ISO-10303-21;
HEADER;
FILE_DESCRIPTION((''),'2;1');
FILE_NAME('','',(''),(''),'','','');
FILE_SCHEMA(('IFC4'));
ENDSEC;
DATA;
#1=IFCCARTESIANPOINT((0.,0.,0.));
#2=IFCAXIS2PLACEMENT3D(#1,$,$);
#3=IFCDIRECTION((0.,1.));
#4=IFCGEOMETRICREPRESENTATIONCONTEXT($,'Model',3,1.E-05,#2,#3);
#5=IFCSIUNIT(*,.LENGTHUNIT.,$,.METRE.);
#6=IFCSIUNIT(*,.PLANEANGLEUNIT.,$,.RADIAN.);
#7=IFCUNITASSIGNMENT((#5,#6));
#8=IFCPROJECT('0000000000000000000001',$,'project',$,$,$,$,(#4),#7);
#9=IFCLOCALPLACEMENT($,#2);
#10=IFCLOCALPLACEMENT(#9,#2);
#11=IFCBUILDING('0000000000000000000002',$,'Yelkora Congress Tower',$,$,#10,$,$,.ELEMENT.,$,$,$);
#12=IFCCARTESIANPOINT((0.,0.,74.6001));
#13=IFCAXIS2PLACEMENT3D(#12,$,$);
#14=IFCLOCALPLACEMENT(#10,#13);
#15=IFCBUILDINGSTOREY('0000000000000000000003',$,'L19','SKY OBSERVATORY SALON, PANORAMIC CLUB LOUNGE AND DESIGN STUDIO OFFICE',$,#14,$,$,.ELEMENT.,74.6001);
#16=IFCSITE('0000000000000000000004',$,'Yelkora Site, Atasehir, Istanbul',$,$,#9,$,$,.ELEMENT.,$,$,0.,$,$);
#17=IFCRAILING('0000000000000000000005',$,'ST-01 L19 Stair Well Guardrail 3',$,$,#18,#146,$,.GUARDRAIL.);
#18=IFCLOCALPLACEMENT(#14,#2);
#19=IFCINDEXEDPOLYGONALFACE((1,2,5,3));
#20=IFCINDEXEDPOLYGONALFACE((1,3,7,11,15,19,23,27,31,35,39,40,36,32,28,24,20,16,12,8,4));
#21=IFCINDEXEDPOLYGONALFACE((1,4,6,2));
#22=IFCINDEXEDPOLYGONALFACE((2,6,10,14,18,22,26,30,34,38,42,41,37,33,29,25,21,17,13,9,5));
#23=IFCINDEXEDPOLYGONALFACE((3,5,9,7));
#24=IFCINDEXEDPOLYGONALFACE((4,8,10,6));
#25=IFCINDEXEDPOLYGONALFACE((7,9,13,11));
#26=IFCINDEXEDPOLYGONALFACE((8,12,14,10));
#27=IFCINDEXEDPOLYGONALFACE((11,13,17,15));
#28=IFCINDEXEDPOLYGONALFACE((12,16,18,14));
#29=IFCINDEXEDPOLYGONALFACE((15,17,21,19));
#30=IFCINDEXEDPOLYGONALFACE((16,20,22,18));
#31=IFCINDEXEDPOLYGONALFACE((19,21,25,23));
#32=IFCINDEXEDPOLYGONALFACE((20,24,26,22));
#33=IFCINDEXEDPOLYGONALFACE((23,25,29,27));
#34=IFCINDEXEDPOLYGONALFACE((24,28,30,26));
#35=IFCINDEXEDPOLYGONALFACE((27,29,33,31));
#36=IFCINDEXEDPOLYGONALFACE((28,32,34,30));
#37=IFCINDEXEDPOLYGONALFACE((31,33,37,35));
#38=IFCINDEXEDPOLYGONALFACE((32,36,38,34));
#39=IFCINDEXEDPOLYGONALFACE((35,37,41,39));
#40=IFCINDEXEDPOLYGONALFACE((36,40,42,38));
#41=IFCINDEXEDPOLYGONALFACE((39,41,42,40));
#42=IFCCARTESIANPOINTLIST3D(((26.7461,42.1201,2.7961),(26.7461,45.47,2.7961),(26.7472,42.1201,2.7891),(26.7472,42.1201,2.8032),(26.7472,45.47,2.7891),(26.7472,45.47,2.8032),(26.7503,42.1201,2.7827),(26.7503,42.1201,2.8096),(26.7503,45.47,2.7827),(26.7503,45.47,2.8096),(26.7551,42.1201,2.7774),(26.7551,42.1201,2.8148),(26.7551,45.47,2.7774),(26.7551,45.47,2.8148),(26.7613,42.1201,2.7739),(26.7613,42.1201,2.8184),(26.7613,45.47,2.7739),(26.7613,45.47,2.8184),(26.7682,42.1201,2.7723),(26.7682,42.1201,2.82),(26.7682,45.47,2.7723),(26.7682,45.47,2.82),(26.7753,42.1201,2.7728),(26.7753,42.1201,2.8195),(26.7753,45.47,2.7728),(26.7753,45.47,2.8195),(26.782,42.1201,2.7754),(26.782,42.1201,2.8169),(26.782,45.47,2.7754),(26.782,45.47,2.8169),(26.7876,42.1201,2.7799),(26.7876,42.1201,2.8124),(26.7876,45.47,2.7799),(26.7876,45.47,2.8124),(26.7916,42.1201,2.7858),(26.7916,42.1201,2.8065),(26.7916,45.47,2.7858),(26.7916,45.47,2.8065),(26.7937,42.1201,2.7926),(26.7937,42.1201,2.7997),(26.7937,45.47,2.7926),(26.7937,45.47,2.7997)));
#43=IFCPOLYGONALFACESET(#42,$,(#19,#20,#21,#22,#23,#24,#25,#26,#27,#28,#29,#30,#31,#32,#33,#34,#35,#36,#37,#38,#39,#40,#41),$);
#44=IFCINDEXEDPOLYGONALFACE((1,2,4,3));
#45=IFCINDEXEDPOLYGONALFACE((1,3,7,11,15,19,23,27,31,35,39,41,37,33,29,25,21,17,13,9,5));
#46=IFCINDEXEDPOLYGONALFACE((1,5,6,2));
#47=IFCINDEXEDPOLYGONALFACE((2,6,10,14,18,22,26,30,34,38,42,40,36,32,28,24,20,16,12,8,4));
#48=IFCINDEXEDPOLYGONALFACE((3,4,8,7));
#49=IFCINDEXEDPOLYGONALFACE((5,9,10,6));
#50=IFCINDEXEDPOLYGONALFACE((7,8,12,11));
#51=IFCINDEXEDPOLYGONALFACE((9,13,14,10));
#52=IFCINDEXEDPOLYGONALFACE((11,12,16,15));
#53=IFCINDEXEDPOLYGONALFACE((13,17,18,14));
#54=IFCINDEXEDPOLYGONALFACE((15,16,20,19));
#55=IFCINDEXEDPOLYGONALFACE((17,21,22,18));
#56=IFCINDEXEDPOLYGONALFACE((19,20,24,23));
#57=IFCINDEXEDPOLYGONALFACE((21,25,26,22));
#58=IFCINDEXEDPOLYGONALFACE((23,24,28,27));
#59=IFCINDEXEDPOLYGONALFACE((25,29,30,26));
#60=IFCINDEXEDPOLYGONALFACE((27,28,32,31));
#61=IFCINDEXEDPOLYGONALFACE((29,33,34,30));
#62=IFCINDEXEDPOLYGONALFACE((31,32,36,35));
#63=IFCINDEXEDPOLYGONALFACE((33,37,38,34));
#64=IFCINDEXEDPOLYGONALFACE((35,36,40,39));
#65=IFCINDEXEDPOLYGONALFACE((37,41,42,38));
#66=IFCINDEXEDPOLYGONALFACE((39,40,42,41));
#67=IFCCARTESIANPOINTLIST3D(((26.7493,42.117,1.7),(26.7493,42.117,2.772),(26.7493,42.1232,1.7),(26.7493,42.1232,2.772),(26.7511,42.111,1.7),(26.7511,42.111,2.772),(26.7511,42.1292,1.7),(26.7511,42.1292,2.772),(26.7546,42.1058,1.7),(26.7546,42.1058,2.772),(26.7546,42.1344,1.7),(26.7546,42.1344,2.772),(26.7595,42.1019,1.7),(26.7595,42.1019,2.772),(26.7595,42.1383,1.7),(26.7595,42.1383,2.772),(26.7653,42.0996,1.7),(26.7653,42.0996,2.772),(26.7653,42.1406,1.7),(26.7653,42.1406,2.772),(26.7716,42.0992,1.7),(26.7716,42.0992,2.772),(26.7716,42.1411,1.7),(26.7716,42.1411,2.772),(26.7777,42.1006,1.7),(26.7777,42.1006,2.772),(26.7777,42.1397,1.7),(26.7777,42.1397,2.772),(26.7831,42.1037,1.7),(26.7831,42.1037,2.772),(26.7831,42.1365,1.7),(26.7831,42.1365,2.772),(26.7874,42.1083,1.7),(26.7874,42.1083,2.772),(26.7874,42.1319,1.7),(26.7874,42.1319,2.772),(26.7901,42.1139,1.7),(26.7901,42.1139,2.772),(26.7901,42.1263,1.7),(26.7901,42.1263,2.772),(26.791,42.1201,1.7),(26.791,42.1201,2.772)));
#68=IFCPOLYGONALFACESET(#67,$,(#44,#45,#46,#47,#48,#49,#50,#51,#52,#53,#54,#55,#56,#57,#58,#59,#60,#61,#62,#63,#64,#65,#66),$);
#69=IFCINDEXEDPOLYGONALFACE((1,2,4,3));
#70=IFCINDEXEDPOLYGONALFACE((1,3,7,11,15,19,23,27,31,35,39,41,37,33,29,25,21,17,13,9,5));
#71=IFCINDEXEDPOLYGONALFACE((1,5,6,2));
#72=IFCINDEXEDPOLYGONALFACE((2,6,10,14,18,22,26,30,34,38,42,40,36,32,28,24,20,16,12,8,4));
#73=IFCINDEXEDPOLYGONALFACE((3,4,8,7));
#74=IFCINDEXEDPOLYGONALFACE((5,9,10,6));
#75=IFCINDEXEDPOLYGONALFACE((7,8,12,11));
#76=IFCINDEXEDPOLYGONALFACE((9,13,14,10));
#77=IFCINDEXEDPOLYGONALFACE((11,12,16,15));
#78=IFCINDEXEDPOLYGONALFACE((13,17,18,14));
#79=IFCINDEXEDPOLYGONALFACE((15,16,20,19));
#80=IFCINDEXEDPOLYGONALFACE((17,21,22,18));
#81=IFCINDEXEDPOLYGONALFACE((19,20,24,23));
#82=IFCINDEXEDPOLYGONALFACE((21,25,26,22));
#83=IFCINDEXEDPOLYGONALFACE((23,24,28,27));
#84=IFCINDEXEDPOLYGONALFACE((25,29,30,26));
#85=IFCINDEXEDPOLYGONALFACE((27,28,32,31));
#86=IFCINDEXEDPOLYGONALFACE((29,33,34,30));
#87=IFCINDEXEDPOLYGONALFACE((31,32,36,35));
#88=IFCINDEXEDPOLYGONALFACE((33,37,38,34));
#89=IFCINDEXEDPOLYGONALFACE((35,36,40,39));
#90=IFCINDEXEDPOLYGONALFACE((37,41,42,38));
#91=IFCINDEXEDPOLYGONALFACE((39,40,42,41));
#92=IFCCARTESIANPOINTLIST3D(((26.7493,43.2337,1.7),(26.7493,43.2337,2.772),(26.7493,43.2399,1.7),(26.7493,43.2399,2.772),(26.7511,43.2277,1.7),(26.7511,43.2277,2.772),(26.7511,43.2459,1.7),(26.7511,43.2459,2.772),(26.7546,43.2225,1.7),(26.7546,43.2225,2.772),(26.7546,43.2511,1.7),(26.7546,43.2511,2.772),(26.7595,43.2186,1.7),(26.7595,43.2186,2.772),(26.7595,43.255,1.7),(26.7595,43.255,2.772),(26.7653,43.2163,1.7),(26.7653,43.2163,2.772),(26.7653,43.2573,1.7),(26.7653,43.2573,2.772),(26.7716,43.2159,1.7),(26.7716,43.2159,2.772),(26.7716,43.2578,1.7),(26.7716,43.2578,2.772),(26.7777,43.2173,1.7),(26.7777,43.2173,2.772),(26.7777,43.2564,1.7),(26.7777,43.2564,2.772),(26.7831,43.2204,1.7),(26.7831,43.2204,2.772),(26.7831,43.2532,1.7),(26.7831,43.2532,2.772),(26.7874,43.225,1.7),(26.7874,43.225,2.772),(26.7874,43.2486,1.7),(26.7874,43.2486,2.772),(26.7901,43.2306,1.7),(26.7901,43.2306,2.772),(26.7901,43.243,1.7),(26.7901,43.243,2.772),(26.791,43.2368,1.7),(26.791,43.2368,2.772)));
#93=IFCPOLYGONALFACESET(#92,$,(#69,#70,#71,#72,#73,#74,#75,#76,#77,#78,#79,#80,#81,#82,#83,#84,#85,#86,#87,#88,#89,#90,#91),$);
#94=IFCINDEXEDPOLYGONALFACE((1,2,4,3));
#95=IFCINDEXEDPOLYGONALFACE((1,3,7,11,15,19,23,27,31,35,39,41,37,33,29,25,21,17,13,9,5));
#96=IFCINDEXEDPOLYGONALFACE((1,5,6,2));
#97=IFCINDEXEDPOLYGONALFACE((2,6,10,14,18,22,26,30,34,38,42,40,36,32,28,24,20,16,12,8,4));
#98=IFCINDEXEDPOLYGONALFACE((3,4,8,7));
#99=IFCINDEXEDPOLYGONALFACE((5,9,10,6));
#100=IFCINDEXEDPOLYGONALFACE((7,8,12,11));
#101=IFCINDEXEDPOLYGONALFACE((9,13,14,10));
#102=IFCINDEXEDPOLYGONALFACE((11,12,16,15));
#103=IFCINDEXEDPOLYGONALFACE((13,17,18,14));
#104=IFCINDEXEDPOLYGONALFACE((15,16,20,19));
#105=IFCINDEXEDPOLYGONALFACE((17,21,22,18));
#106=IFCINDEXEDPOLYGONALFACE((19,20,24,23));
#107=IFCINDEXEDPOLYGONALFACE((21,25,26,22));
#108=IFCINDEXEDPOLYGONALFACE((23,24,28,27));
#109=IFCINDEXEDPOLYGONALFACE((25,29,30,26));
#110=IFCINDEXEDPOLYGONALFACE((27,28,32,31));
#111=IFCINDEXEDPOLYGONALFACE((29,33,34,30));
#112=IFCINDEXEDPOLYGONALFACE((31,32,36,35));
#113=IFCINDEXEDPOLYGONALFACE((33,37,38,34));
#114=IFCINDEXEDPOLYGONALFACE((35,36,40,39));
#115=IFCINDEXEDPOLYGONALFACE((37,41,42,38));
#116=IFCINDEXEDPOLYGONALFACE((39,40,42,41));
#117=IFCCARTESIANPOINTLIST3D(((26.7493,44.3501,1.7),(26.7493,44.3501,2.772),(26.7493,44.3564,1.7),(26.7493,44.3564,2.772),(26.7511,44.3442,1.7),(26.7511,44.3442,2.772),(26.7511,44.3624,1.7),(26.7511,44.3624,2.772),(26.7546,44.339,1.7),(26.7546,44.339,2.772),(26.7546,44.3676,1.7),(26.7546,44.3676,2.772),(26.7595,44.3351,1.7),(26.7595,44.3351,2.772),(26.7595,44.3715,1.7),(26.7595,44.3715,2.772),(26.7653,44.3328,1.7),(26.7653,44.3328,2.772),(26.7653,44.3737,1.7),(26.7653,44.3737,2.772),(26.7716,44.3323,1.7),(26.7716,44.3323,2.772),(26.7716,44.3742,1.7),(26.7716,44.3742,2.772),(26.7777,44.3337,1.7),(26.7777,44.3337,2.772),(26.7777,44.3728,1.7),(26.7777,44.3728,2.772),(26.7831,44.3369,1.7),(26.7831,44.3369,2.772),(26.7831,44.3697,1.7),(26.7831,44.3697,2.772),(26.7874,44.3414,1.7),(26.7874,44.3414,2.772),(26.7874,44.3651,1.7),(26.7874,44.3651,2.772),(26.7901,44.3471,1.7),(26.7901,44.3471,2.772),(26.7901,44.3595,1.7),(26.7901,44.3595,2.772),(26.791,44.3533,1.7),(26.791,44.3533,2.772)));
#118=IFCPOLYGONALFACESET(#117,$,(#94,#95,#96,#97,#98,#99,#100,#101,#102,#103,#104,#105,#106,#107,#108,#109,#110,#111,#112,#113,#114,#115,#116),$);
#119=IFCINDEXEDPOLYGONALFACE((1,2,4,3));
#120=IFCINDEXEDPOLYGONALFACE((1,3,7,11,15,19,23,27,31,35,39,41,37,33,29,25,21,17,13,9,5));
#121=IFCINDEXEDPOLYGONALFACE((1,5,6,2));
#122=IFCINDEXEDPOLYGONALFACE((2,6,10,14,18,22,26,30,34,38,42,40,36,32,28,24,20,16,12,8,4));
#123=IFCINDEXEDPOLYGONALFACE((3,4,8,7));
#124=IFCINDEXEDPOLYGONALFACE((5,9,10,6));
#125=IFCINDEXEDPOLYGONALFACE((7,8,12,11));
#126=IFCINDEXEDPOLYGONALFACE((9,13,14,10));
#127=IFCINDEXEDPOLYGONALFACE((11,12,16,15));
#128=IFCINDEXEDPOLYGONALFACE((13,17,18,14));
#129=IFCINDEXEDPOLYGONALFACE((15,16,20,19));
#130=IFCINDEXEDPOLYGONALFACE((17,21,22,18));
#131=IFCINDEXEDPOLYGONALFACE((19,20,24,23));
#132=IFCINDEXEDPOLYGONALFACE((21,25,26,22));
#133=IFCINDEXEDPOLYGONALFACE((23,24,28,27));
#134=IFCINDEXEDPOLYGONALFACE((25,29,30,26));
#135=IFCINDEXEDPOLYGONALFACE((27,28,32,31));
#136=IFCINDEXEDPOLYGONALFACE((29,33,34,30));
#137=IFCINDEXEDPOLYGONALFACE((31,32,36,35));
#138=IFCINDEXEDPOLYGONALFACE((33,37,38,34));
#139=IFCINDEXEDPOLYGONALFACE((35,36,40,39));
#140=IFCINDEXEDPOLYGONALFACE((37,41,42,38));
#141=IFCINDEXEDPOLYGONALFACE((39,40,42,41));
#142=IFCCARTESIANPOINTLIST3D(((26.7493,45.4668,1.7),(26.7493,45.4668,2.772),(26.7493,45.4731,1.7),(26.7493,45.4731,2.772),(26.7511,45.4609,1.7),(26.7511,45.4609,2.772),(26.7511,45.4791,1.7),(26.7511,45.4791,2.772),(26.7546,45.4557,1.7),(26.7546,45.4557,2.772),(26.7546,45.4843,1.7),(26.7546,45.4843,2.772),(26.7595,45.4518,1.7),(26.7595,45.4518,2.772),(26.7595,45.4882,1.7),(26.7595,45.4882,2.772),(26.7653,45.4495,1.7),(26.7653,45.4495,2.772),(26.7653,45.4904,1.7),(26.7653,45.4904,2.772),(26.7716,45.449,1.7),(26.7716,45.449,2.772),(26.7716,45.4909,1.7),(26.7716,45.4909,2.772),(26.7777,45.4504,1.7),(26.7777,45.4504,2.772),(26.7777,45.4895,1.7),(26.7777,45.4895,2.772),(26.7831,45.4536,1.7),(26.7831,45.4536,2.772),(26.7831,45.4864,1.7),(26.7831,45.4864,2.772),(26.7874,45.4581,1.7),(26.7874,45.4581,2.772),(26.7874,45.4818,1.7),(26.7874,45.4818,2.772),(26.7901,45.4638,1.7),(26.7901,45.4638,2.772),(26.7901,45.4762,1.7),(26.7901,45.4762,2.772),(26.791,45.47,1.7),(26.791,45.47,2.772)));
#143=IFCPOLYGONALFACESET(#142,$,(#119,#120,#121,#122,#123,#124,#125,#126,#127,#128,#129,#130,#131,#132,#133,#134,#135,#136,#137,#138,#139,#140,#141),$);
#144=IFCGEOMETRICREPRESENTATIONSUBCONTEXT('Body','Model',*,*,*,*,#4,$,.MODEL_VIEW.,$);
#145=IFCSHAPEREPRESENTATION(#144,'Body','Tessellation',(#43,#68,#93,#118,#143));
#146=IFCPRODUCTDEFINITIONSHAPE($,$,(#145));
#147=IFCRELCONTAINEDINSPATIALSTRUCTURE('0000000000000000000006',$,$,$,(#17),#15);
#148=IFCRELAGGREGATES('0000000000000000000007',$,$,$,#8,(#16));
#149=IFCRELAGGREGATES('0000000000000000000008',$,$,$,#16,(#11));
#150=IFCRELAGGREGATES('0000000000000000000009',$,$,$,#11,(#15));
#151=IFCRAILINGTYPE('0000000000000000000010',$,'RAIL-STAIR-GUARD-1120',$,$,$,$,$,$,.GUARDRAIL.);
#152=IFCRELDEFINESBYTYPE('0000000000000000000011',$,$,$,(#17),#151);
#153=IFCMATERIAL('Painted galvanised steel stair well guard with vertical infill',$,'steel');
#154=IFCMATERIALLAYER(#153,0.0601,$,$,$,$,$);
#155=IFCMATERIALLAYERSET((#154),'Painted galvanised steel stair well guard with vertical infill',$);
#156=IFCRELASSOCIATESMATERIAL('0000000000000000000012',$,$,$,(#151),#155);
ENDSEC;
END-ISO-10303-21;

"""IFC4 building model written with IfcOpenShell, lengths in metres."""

from ifc_helpers import new_model, si_unit, direction, frame, origin, origin_2d, place, context, subcontext, project, spatial, circle, extrude, material, layer, layer_set, type_object, element, save


model = new_model("IFC4")

# Units and contexts
model_context = context("Model", 3, precision=1e-05, world=origin(), true_north=direction((0.0, 1.0)))
body_context = subcontext(model_context, "Body", "Model", "MODEL_VIEW")
ifc_project = project(units=[si_unit("LENGTHUNIT", "METRE"), si_unit("PLANEANGLEUNIT", "RADIAN")], contexts=[model_context])

# Site, building, storey
site_placement = place(None, origin())
site = spatial("IfcSite", under=ifc_project, at=site_placement, Name="Yelkora Site, Atasehir, Istanbul", CompositionType="ELEMENT", RefElevation=0.0)
building_placement = place(site_placement, origin())
building = spatial("IfcBuilding", under=site, at=building_placement, Name="Yelkora Congress Tower", CompositionType="ELEMENT")
storey_placement = place(building_placement, frame((0.0, 0.0, 74.6001)))
storey = spatial("IfcBuildingStorey", under=building, at=storey_placement, Name="L19", Description="SKY OBSERVATORY SALON, PANORAMIC CLUB LOUNGE AND DESIGN STUDIO OFFICE", CompositionType="ELEMENT", Elevation=74.6001)

# Railing
ifc_material_1 = material(Name="Painted galvanised steel stair well guard with vertical infill", Category="steel")
ifc_layer_1 = layer(ifc_material_1, 0.0601)
ifc_layer_set_1 = layer_set([ifc_layer_1], Name="Painted galvanised steel stair well guard with vertical infill")
railing_type_1 = type_object("IfcRailingType", Name="RAIL-STAIR-GUARD-1120", PredefinedType="GUARDRAIL", material=ifc_layer_set_1)
for number, where, name in (
    (1, (26.77, 42.1201, 1.7), "ST-01 L19 Stair Well Guardrail 3"),
):
    element("IfcRailing", number, at=place(storey_placement, frame(where)), inside=storey, type_object=railing_type_1, Name=name, PredefinedType="GUARDRAIL", context=body_context, shape_type="SweptSolid", body=[
        extrude(circle(Radius=0.0239, at=origin_2d()), frame((0.0, 0.0, 1.0962), z_axis=(0.0, 1.0, 0.0), x_axis=(-1.0, 0.0, 0.0)), (0.0, 0.0, 1.0), 3.3499),
        extrude(circle(Radius=0.021, at=origin_2d()), origin(), (0.0, 0.0, 1.0), 1.072),
        extrude(circle(Radius=0.021, at=origin_2d()), frame((0.0, 1.1167, 0.0)), (0.0, 0.0, 1.0), 1.072),
        extrude(circle(Radius=0.021, at=origin_2d()), frame((0.0, 2.2332, 0.0)), (0.0, 0.0, 1.0), 1.072),
        extrude(circle(Radius=0.021, at=origin_2d()), frame((0.0, 3.3499, 0.0)), (0.0, 0.0, 1.0), 1.072),
    ])

save(model, "model.ifc")
